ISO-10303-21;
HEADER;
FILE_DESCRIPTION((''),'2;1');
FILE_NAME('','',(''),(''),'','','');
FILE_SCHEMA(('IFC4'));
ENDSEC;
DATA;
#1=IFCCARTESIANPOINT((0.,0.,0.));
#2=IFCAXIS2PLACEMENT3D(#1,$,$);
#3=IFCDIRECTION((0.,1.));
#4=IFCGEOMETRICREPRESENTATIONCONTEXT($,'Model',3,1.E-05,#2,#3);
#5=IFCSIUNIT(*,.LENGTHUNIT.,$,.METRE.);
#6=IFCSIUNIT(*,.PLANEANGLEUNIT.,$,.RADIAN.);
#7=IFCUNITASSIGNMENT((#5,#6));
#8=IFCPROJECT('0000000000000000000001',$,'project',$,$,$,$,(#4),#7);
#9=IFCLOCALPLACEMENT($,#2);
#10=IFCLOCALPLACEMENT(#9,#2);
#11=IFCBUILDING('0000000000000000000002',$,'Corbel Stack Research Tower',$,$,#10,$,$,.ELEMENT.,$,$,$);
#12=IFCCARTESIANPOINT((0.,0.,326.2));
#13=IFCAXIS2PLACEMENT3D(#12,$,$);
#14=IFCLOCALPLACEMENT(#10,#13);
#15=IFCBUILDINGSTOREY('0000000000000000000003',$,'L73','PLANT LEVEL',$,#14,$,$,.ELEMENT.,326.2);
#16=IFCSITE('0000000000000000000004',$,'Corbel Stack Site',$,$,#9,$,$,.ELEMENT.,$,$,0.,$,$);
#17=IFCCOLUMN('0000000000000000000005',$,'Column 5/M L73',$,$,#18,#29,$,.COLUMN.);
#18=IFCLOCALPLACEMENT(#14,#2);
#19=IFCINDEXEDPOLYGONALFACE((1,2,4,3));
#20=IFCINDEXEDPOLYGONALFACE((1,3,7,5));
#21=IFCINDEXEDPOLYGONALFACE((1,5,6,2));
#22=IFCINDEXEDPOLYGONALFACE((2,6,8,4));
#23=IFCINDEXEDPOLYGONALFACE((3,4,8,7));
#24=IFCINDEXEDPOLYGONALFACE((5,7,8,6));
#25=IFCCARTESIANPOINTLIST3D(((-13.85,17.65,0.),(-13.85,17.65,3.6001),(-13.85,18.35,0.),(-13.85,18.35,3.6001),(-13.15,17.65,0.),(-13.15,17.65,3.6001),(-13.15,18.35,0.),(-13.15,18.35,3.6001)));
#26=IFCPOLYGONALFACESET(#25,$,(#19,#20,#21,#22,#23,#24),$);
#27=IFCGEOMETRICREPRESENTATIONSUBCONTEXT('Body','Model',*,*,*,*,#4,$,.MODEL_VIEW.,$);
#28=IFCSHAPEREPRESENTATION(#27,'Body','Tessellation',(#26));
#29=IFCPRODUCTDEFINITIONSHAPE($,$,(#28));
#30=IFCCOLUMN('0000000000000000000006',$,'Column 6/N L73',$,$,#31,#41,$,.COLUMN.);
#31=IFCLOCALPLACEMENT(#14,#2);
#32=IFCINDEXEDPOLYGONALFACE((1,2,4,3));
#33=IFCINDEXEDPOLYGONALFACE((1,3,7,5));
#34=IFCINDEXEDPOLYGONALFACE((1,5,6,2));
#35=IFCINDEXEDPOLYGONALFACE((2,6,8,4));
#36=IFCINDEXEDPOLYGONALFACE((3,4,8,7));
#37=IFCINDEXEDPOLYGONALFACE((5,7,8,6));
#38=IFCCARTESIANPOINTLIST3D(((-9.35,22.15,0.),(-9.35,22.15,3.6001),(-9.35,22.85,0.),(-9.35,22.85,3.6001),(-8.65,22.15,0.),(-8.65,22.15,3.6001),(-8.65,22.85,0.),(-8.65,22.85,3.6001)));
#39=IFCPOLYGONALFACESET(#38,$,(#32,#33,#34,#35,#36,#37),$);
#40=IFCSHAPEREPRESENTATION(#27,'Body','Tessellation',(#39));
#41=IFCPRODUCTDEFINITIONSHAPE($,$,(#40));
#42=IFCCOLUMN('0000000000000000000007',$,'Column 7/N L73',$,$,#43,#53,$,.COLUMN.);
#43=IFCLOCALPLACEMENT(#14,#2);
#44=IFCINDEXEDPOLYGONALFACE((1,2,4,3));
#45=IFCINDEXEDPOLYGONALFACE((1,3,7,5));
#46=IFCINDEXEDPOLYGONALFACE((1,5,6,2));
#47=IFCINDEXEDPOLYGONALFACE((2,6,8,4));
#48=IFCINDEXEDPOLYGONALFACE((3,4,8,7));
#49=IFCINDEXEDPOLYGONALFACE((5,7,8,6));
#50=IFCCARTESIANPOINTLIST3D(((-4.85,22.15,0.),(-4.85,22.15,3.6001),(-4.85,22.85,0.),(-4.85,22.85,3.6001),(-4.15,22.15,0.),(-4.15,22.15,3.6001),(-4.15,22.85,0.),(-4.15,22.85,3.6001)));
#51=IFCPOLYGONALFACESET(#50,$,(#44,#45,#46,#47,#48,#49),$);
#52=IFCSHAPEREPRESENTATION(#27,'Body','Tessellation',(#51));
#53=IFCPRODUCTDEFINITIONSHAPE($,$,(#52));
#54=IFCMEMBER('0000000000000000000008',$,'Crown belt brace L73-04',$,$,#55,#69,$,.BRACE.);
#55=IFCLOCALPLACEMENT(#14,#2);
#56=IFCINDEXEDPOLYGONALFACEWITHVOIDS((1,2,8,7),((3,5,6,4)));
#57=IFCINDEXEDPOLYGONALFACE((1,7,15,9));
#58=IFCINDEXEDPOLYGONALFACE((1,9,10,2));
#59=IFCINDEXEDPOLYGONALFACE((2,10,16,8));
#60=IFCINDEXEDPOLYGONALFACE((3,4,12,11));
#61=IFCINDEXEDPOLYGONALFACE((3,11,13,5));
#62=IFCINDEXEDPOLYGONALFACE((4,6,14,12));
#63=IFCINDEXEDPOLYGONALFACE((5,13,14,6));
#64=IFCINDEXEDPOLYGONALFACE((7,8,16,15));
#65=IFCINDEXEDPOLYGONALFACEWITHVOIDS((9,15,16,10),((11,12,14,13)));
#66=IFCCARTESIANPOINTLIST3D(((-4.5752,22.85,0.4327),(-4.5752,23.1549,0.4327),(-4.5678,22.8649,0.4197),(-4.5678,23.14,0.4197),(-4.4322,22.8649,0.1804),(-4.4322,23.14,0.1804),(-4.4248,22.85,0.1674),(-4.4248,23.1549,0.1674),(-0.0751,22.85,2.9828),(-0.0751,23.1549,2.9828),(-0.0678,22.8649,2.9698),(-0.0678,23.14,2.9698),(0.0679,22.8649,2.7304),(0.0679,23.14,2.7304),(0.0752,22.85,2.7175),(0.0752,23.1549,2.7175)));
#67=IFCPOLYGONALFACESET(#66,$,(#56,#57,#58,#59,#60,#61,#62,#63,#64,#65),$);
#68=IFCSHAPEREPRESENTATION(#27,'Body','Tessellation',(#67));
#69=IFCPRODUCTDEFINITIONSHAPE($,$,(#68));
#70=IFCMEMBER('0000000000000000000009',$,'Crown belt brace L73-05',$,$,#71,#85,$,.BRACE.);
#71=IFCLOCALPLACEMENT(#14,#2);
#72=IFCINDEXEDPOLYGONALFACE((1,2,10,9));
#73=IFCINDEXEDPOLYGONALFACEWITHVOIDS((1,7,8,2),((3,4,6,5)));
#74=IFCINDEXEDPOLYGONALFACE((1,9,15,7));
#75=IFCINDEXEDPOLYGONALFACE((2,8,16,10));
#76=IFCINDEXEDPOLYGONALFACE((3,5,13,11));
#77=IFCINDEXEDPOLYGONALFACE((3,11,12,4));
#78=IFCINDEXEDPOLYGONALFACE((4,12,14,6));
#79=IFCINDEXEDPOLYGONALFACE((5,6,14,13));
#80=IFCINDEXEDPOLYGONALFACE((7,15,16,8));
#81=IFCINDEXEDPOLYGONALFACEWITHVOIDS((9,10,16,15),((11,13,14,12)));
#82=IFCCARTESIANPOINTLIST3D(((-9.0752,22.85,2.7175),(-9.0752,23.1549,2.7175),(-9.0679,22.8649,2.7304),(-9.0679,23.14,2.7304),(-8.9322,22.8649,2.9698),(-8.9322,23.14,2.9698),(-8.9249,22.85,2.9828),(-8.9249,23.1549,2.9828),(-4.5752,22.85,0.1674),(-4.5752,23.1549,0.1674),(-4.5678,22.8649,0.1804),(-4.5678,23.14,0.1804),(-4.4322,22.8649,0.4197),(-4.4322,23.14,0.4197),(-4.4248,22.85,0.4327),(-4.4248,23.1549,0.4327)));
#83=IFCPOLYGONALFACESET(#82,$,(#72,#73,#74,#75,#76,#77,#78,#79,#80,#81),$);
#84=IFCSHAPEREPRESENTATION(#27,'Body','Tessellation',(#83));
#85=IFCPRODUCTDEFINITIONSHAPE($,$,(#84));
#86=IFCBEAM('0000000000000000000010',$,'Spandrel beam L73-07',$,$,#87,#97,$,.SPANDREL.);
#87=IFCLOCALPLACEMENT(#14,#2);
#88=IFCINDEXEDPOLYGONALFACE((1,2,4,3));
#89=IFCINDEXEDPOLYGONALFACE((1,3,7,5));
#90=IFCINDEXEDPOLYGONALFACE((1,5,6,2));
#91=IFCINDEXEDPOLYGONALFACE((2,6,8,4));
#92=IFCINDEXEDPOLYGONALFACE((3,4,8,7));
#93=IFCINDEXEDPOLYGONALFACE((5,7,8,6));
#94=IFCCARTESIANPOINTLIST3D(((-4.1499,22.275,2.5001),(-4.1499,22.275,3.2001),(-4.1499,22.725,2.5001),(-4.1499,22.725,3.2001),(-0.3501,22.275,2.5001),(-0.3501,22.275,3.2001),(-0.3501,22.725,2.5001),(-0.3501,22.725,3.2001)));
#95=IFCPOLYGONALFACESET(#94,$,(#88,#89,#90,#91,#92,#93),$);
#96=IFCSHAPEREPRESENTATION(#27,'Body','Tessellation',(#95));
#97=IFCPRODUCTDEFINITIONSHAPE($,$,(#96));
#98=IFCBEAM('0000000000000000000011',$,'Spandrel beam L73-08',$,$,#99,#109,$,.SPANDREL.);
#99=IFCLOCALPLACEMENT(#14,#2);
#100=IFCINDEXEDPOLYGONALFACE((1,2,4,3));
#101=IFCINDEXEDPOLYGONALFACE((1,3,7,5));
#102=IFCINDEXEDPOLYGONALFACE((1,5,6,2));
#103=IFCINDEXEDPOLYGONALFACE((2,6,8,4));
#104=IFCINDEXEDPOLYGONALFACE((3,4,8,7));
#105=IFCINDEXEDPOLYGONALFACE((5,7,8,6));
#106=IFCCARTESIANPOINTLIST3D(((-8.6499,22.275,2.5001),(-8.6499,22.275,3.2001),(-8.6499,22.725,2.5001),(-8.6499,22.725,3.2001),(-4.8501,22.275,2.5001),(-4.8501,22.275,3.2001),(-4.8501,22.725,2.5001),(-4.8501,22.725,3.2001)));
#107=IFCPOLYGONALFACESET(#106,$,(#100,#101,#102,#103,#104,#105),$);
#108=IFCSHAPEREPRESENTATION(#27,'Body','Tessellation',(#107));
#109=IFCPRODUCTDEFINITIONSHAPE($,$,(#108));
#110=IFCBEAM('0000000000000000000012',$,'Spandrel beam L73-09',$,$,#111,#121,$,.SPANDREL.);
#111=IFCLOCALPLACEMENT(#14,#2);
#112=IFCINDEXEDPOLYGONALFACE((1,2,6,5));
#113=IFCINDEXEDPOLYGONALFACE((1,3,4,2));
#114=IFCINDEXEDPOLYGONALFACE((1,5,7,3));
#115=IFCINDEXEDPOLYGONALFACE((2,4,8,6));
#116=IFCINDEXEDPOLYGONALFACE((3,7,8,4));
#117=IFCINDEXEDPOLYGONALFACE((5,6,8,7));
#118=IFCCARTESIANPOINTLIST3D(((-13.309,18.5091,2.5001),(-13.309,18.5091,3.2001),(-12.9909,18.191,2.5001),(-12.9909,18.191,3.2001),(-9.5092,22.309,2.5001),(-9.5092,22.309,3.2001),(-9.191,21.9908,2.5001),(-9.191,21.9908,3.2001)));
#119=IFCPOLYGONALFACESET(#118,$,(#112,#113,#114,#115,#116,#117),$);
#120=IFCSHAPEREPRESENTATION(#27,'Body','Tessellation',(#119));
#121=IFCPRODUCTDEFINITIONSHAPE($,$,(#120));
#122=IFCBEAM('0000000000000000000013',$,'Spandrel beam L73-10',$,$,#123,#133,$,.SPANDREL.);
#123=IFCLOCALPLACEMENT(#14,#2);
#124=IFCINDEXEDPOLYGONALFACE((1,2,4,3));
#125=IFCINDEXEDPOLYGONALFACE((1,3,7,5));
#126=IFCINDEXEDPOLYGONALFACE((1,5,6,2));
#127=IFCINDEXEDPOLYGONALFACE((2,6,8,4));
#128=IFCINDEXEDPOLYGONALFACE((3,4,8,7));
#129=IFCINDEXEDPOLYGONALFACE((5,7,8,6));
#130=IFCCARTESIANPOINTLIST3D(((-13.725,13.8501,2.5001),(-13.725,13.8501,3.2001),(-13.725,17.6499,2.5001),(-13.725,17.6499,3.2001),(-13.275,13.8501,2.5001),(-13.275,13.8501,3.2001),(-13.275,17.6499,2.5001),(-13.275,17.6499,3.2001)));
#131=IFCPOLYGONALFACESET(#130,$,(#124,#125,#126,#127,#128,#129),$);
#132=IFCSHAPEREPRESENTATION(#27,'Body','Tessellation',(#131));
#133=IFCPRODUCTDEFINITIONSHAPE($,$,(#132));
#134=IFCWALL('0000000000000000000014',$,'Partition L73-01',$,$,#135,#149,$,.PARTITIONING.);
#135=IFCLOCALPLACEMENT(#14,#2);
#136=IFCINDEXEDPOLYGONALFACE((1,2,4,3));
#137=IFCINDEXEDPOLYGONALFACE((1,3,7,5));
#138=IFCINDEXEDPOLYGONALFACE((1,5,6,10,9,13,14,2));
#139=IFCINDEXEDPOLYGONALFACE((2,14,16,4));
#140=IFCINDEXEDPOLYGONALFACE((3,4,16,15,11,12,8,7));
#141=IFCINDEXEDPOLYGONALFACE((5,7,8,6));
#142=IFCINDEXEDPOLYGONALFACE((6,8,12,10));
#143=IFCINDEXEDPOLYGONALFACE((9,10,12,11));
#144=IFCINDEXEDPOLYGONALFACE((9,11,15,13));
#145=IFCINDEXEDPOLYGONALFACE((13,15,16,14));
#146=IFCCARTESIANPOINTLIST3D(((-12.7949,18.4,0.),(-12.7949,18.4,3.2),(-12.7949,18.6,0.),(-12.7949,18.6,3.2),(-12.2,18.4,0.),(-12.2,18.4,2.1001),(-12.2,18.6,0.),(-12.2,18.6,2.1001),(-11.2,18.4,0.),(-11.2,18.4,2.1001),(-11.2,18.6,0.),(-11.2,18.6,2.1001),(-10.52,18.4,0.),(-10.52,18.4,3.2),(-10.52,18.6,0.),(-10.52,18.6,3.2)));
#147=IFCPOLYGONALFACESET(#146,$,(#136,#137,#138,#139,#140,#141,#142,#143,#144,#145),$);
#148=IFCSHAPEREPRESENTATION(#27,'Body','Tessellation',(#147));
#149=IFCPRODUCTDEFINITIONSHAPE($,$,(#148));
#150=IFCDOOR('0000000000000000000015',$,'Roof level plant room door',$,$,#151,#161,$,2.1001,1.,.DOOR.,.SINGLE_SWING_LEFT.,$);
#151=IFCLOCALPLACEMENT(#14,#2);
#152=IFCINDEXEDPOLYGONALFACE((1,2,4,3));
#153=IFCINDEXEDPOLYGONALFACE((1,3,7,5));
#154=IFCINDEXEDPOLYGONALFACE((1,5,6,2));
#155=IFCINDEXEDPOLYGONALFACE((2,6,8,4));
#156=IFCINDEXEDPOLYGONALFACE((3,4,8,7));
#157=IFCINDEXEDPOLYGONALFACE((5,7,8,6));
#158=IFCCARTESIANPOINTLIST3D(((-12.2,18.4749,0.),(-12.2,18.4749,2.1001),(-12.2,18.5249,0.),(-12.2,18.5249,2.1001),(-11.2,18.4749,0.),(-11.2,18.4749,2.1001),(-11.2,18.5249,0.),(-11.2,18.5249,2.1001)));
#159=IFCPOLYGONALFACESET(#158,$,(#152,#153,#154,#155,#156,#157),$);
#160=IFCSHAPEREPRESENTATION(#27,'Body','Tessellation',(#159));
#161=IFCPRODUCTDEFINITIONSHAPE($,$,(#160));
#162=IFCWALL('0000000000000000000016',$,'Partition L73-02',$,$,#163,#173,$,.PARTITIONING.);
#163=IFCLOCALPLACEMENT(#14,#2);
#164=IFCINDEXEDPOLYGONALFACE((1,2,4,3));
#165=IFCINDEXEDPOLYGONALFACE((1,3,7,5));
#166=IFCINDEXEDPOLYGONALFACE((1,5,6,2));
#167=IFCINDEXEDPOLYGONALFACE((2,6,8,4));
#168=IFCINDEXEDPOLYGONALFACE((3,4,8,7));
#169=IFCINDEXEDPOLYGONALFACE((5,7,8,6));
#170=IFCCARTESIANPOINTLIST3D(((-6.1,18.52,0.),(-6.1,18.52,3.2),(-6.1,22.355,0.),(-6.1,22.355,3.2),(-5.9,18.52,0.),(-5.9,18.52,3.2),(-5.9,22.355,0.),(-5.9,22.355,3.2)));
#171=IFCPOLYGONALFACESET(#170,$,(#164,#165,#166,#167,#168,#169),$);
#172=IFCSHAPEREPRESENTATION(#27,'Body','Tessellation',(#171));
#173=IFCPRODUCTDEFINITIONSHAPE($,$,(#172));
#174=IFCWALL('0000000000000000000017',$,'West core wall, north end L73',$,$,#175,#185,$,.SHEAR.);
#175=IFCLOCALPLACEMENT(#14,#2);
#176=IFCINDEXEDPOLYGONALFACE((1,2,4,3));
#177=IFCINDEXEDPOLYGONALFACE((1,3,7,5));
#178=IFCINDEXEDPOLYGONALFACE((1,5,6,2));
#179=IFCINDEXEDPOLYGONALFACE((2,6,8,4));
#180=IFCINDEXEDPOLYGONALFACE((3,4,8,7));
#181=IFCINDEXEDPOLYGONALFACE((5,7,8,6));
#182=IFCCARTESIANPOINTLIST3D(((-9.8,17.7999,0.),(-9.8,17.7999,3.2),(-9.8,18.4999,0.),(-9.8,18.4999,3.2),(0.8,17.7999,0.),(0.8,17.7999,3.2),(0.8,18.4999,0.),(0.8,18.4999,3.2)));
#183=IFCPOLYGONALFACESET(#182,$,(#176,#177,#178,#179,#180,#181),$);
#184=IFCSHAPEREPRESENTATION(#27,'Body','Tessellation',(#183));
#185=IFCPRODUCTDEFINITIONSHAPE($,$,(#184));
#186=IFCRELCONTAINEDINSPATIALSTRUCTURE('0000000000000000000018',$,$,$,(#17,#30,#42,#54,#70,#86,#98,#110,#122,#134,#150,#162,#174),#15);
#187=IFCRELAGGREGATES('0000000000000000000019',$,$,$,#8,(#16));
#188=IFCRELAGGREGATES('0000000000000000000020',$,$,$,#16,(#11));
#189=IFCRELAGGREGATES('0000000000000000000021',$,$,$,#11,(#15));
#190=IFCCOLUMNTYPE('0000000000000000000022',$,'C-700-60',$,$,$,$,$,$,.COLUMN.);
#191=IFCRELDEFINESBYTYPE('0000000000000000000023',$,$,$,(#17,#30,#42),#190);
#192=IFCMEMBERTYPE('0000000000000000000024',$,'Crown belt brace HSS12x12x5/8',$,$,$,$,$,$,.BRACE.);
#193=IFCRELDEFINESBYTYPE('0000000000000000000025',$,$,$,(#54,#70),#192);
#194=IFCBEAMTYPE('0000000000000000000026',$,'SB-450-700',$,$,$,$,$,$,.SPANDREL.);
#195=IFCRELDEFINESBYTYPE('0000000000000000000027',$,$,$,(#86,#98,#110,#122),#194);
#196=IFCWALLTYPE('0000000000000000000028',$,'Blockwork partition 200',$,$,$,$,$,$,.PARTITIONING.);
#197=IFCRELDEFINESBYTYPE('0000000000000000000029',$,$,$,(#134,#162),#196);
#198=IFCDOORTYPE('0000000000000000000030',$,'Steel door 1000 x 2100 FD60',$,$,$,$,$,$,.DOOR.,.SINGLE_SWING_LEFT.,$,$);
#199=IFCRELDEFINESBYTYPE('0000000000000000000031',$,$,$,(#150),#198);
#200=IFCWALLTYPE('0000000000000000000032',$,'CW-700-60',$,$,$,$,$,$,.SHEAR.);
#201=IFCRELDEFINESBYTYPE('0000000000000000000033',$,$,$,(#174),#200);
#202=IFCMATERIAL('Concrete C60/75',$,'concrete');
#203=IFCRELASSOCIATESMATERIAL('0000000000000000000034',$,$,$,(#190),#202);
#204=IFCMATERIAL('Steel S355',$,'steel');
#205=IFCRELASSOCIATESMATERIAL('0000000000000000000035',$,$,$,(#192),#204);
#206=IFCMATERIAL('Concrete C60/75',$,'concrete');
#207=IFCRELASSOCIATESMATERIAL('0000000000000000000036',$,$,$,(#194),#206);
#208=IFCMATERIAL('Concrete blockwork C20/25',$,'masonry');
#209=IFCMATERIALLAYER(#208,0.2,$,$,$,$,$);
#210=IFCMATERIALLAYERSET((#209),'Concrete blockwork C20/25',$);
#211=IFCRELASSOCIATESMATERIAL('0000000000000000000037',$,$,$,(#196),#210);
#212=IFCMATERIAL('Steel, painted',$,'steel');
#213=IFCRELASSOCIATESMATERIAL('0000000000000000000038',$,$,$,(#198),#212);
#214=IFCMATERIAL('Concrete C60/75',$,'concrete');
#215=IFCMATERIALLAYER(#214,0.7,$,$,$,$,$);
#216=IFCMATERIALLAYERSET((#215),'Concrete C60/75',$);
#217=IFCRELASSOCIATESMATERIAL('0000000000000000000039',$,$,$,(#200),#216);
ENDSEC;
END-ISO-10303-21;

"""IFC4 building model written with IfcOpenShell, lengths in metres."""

from ifc_helpers import new_model, si_unit, direction, frame, frame_2d, origin, origin_2d, place, context, subcontext, project, spatial, rectangle, hollow_rectangle, extrude, material, layer, layer_set, material_profile, profile_set, type_object, element, fill, save


model = new_model("IFC4")

# Units and contexts
model_context = context("Model", 3, precision=1e-05, world=origin(), true_north=direction((0.0, 1.0)))
body_context = subcontext(model_context, "Body", "Model", "MODEL_VIEW")
ifc_project = project(units=[si_unit("LENGTHUNIT", "METRE"), si_unit("PLANEANGLEUNIT", "RADIAN")], contexts=[model_context])

# Site, building, storey
site_placement = place(None, origin())
site = spatial("IfcSite", under=ifc_project, at=site_placement, Name="Corbel Stack Site", CompositionType="ELEMENT", RefElevation=0.0)
building_placement = place(site_placement, origin())
building = spatial("IfcBuilding", under=site, at=building_placement, Name="Corbel Stack Research Tower", CompositionType="ELEMENT")
storey_placement = place(building_placement, frame((0.0, 0.0, 326.2)))
storey = spatial("IfcBuildingStorey", under=building, at=storey_placement, Name="L73", Description="PLANT LEVEL", CompositionType="ELEMENT", Elevation=326.2)

# Columns
ifc_material_1 = material(Name="Concrete C60/75", Category="concrete")
ifc_material_profile_1 = material_profile(ifc_material_1, rectangle(XDim=0.7, YDim=0.7, at=origin_2d()), Name="RC 700 x 700")
ifc_profile_set_1 = profile_set([ifc_material_profile_1], Name="Concrete C60/75")
column_type = type_object("IfcColumnType", Name="C-700-60", PredefinedType="COLUMN", material=ifc_profile_set_1)
for number, where, z_axis, x_axis, name in (
    (1, (-13.5, 18.0, 0.0), (0.0, 0.0, 1.0), (1.0, 0.0, 0.0), "Column 5/M L73"),
    (2, (-9.0, 22.5, 0.0), (0.0, 0.0, 1.0), (1.0, 0.0, 0.0), "Column 6/N L73"),
    (3, (-4.5, 22.5, 0.0), (0.0, 0.0, 1.0), (1.0, 0.0, 0.0), "Column 7/N L73"),
):
    element("IfcColumn", number, at=place(storey_placement, frame(where, z_axis=z_axis, x_axis=x_axis)), inside=storey, type_object=column_type, Name=name, PredefinedType="COLUMN", context=body_context, shape_type="SweptSolid", body=[
        extrude(rectangle(XDim=0.7, YDim=0.7, at=origin_2d()), origin(), (0.0, 0.0, 1.0), 3.6001),
    ])

# Members
ifc_material_2 = material(Name="Steel S355", Category="steel")
ifc_material_profile_2 = material_profile(ifc_material_2, hollow_rectangle(XDim=0.3049, YDim=0.3049, WallThickness=0.0149, at=origin_2d()), Name="HSS12x12x5/8")
ifc_profile_set_2 = profile_set([ifc_material_profile_2], Name="Steel S355")
member_type = type_object("IfcMemberType", Name="Crown belt brace HSS12x12x5/8", PredefinedType="BRACE", material=ifc_profile_set_2)
for number, where, z_axis, x_axis, name in (
    (4, (-4.5, 23.0024, 0.3), (0.870018, 0.0, 0.49302), (0.0, 1.0, 0.0), "Crown belt brace L73-04"),
    (5, (-4.5, 23.0024, 0.3), (-0.870018, 0.0, 0.49302), (0.0, -1.0, 0.0), "Crown belt brace L73-05"),
):
    element("IfcMember", number, at=place(storey_placement, frame(where, z_axis=z_axis, x_axis=x_axis)), inside=storey, type_object=member_type, Name=name, PredefinedType="BRACE", context=body_context, shape_type="SweptSolid", body=[
        extrude(hollow_rectangle(XDim=0.3049, YDim=0.3049, WallThickness=0.0149, at=origin_2d()), origin(), (0.0, 0.0, 1.0), 5.1724),
    ])

# Beams
ifc_material_3 = material(Name="Concrete C60/75", Category="concrete")
ifc_material_profile_3 = material_profile(ifc_material_3, rectangle(XDim=0.45, YDim=0.7, at=origin_2d()), Name="RC 450 x 700")
ifc_profile_set_3 = profile_set([ifc_material_profile_3], Name="Concrete C60/75")
beam_type = type_object("IfcBeamType", Name="SB-450-700", PredefinedType="SPANDREL", material=ifc_profile_set_3)
for number, where, z_axis, x_axis, name in (
    (6, (-0.3501, 22.5, 2.8501), (-1.0, 0.0, 0.0), (0.0, -1.0, 0.0), "Spandrel beam L73-07"),
    (7, (-4.8501, 22.5, 2.8501), (-1.0, 0.0, 0.0), (0.0, -1.0, 0.0), "Spandrel beam L73-08"),
):
    element("IfcBeam", number, at=place(storey_placement, frame(where, z_axis=z_axis, x_axis=x_axis)), inside=storey, type_object=beam_type, Name=name, PredefinedType="SPANDREL", context=body_context, shape_type="SweptSolid", body=[
        extrude(rectangle(XDim=0.45, YDim=0.7, at=origin_2d()), origin(), (0.0, 0.0, 1.0), 3.7998),
    ])
beam_1_placement = place(storey_placement, frame((-9.3501, 22.1499, 2.8501), z_axis=(-0.707107, -0.707107, 0.0), x_axis=(0.707107, -0.707107, 0.0)))
element("IfcBeam", 8, at=beam_1_placement, inside=storey, type_object=beam_type, Name="Spandrel beam L73-09", PredefinedType="SPANDREL", context=body_context, shape_type="SweptSolid", body=[
    extrude(rectangle(XDim=0.45, YDim=0.7, at=origin_2d()), origin(), (0.0, 0.0, 1.0), 5.3738),
])
beam_2_placement = place(storey_placement, frame((-13.5, 17.6499, 2.8501), z_axis=(0.0, -1.0, 0.0), x_axis=(1.0, 0.0, 0.0)))
element("IfcBeam", 9, at=beam_2_placement, inside=storey, type_object=beam_type, Name="Spandrel beam L73-10", PredefinedType="SPANDREL", context=body_context, shape_type="SweptSolid", body=[
    extrude(rectangle(XDim=0.45, YDim=0.7, at=origin_2d()), origin(), (0.0, 0.0, 1.0), 3.7998),
])

# Wall, opening, door
ifc_material_4 = material(Name="Concrete blockwork C20/25", Category="masonry")
ifc_layer_1 = layer(ifc_material_4, 0.2)
ifc_layer_set_1 = layer_set([ifc_layer_1], Name="Concrete blockwork C20/25")
wall_type_1 = type_object("IfcWallType", Name="Blockwork partition 200", PredefinedType="PARTITIONING", material=ifc_layer_set_1)
wall_1_placement = place(storey_placement, frame((-12.7949, 18.5, 0.0), z_axis=(0.0, 0.0, 1.0), x_axis=(1.0, 0.0, 0.0)))
wall_1 = element("IfcWall", 10, at=wall_1_placement, inside=storey, type_object=wall_type_1, Name="Partition L73-01", PredefinedType="PARTITIONING", context=body_context, shape_type="SweptSolid", body=[
    extrude(rectangle(XDim=2.2749, YDim=0.2, at=frame_2d((1.1375, 0.0))), origin(), (0.0, 0.0, 1.0), 3.2),
])
opening_1_placement = place(wall_1_placement, frame((0.595, 0.0, 0.0)))
opening_1 = element("IfcOpeningElement", 11, at=opening_1_placement, cuts=wall_1, PredefinedType="OPENING", context=body_context, shape_type="SweptSolid", body=[
    extrude(rectangle(XDim=1.0, YDim=2.1001, at=frame_2d((0.5, 1.05))), frame((0.0, 0.1099, 0.0), z_axis=(0.0, -1.0, 0.0), x_axis=(1.0, 0.0, 0.0)), (0.0, 0.0, 1.0), 0.22),
])
ifc_material_5 = material(Name="Steel, painted", Category="steel")
door_type_1 = type_object("IfcDoorType", Name="Steel door 1000 x 2100 FD60", OperationType="SINGLE_SWING_LEFT", PredefinedType="DOOR", material=ifc_material_5)
door_1_placement = place(opening_1_placement, origin())
door_1 = element("IfcDoor", 12, at=door_1_placement, inside=storey, type_object=door_type_1, Name="Roof level plant room door", OperationType="SINGLE_SWING_LEFT", OverallHeight=2.1001, OverallWidth=1.0, PredefinedType="DOOR", context=body_context, shape_type="SweptSolid", body=[
    extrude(rectangle(XDim=1.0, YDim=2.1001, at=frame_2d((0.5, 1.05))), frame((0.0, 0.0249, 0.0), z_axis=(0.0, -1.0, 0.0), x_axis=(1.0, 0.0, 0.0)), (0.0, 0.0, 1.0), 0.05),
])
fill(opening_1, door_1)

# Walls
wall_2_placement = place(storey_placement, frame((-6.0, 22.355, 0.0), z_axis=(0.0, 0.0, 1.0), x_axis=(0.0, -1.0, 0.0)))
element("IfcWall", 13, at=wall_2_placement, inside=storey, type_object=wall_type_1, Name="Partition L73-02", PredefinedType="PARTITIONING", context=body_context, shape_type="SweptSolid", body=[
    extrude(rectangle(XDim=3.835, YDim=0.2, at=frame_2d((1.9175, 0.0))), origin(), (0.0, 0.0, 1.0), 3.2),
])
ifc_material_6 = material(Name="Concrete C60/75", Category="concrete")
ifc_layer_2 = layer(ifc_material_6, 0.7)
ifc_layer_set_2 = layer_set([ifc_layer_2], Name="Concrete C60/75")
wall_type_2 = type_object("IfcWallType", Name="CW-700-60", PredefinedType="SHEAR", material=ifc_layer_set_2)
wall_3_placement = place(storey_placement, frame((-9.8, 18.1499, 0.0), z_axis=(0.0, 0.0, 1.0), x_axis=(1.0, 0.0, 0.0)))
element("IfcWall", 14, at=wall_3_placement, inside=storey, type_object=wall_type_2, Name="West core wall, north end L73", PredefinedType="SHEAR", context=body_context, shape_type="SweptSolid", body=[
    extrude(rectangle(XDim=10.6001, YDim=0.7, at=frame_2d((5.3, 0.0))), origin(), (0.0, 0.0, 1.0), 3.2),
])

save(model, "model.ifc")
